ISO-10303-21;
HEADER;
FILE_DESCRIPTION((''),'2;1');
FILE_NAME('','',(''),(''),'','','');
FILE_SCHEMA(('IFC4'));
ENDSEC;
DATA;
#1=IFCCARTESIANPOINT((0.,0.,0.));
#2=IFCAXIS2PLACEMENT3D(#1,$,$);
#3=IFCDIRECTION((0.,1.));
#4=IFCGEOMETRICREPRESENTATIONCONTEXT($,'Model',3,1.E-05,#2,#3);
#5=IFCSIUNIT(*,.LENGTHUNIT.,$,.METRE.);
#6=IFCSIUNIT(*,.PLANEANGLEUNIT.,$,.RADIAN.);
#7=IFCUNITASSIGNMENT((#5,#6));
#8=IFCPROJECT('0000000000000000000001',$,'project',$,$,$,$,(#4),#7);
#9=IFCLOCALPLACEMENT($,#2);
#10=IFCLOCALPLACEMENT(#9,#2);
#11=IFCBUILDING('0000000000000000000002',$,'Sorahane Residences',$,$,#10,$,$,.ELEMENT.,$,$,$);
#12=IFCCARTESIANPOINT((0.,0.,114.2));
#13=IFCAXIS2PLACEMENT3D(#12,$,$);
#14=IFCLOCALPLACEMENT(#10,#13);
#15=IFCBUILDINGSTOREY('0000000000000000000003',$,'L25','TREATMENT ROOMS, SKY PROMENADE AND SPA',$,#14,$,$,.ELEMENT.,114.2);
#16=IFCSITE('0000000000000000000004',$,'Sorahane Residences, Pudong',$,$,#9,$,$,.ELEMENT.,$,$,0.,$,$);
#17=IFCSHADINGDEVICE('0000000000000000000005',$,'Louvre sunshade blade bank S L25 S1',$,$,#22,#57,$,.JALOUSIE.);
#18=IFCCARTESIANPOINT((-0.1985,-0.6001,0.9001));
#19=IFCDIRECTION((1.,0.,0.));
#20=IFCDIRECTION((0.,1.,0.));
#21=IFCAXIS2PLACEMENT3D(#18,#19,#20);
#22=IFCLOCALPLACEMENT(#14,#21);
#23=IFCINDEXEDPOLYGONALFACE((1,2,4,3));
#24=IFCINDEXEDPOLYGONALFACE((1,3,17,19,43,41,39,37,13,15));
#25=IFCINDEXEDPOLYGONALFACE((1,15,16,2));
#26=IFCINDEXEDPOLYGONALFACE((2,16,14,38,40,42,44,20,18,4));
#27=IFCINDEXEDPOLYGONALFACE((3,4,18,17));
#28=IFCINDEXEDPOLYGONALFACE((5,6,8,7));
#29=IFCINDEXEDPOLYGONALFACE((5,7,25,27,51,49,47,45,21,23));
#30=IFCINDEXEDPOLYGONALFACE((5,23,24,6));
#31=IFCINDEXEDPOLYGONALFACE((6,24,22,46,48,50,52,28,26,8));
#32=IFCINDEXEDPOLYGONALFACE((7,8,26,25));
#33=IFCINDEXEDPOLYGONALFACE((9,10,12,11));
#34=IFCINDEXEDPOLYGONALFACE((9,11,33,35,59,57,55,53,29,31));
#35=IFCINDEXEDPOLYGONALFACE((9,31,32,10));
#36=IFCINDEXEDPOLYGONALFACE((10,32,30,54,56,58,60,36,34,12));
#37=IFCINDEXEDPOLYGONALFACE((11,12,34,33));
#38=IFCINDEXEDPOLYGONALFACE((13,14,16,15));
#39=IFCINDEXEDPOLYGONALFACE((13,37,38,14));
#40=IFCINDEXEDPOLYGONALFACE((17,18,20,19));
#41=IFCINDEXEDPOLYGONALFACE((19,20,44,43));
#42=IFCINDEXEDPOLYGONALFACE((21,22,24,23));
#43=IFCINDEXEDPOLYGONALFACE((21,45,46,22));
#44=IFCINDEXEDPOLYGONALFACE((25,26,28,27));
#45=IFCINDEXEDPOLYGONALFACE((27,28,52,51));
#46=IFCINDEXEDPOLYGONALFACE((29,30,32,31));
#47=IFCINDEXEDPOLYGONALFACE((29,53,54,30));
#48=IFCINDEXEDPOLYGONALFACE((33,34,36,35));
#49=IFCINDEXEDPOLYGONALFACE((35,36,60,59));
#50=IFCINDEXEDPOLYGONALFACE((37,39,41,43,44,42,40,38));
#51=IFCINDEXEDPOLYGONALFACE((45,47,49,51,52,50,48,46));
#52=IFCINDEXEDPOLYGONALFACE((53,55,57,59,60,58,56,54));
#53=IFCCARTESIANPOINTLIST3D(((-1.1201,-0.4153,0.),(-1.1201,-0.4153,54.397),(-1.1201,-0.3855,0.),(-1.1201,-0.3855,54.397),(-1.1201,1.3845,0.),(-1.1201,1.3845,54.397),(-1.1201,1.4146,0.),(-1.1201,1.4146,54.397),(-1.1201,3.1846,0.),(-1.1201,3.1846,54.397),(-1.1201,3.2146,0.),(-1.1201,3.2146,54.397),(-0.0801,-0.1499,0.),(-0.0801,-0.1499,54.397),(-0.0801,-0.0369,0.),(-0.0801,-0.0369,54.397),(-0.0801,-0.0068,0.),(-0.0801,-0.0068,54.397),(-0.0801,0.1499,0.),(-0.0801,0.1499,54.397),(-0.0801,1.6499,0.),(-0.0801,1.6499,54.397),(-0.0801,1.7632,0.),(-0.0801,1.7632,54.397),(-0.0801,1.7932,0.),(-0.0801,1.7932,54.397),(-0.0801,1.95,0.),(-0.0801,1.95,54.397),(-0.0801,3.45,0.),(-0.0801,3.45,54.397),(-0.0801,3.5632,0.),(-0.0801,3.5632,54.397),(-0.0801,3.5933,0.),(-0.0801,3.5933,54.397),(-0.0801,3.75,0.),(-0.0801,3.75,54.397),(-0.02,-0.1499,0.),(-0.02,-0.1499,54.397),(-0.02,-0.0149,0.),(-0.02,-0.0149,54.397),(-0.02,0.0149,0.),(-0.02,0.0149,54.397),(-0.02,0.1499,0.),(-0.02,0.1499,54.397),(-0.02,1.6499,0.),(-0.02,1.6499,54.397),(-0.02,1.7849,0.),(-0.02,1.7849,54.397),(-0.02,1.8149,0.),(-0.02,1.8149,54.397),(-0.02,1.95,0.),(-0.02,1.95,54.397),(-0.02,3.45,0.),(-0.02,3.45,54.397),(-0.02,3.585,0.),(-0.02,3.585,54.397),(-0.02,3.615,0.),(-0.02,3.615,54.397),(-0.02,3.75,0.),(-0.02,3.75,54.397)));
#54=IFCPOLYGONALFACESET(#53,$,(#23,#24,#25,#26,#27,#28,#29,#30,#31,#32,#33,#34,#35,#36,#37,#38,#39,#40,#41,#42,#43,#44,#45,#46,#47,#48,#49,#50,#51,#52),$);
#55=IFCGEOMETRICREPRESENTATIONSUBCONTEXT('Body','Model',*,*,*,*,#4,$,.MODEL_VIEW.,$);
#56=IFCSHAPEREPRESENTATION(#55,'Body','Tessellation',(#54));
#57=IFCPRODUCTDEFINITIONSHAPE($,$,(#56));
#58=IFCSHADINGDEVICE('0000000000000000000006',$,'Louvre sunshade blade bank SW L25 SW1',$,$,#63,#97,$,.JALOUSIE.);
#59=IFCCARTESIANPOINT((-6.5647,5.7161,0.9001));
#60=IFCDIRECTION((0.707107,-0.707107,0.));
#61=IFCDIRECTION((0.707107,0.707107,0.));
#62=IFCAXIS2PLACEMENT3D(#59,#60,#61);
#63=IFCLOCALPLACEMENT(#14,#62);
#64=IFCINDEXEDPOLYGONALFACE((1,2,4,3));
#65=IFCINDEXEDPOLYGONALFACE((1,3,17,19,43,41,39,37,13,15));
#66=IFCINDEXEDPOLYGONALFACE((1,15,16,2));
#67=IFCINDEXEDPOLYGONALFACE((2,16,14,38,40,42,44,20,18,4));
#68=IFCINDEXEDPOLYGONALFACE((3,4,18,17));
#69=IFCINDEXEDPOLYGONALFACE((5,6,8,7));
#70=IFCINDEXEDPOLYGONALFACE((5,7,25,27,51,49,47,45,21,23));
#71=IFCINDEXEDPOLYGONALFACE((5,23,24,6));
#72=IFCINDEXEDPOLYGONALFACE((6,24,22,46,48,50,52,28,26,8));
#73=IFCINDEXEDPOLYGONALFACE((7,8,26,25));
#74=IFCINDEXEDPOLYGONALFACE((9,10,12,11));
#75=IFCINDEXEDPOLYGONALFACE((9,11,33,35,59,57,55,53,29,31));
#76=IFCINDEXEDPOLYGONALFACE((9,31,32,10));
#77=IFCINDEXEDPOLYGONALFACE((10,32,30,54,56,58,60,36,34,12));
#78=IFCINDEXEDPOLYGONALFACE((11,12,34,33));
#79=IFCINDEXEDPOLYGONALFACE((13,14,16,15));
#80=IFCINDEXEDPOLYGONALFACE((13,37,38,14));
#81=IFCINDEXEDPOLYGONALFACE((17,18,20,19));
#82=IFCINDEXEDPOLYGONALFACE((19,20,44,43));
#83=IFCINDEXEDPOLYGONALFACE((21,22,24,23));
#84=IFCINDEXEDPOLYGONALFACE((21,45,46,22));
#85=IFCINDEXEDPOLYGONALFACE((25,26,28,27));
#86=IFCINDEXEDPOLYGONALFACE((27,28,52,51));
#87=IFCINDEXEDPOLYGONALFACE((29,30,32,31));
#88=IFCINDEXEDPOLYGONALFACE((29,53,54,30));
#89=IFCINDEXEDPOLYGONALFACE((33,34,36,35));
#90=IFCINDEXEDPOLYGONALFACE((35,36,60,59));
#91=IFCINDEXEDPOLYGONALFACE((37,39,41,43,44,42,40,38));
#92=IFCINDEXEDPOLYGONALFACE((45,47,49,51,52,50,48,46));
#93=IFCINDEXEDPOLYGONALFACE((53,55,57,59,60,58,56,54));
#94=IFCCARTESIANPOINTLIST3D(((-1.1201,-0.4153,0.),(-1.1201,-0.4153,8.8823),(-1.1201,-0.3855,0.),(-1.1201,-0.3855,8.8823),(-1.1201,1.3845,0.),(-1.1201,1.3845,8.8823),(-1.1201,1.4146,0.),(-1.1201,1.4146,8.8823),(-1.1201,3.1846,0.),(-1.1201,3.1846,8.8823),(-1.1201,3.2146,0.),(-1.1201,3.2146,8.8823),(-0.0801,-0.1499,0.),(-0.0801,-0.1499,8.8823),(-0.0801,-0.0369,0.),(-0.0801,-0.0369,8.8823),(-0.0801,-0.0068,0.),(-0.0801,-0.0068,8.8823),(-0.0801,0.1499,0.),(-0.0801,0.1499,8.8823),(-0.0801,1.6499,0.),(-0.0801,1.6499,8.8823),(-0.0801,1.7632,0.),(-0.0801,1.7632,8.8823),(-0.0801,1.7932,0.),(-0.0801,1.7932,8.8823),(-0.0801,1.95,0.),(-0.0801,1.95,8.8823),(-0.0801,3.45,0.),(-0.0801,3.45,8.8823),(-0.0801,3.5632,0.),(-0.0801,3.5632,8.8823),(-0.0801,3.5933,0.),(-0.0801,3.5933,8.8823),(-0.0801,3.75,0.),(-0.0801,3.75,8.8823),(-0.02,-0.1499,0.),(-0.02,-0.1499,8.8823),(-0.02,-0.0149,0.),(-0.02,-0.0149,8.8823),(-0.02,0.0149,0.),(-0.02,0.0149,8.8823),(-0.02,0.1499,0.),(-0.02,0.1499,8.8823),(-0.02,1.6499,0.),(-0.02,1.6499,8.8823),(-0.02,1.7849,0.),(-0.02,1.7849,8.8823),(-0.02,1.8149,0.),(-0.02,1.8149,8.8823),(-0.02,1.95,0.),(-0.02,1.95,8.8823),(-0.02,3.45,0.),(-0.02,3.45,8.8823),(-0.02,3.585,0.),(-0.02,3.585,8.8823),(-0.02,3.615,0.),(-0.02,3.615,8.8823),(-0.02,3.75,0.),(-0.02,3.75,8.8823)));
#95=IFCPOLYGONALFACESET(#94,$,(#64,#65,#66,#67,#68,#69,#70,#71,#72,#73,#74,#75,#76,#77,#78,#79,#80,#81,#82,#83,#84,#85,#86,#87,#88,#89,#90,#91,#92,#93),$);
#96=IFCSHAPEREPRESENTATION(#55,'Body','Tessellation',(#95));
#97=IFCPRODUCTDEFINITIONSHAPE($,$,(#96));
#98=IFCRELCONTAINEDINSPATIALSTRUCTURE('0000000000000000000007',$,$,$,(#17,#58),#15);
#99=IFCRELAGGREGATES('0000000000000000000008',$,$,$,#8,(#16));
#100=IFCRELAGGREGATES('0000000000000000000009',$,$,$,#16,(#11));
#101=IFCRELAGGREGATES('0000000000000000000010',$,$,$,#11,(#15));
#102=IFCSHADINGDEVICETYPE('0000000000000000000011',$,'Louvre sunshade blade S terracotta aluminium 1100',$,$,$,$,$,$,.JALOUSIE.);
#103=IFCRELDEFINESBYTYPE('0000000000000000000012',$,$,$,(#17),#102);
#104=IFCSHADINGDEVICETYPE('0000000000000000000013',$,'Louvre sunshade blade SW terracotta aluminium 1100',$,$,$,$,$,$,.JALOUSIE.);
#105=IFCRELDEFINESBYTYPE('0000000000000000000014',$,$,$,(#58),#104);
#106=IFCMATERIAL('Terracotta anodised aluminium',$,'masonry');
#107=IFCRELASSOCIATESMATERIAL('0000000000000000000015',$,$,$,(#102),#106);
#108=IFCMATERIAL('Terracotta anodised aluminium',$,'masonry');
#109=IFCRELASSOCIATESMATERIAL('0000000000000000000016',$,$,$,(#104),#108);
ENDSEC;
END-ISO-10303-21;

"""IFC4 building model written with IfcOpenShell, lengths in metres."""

from ifc_helpers import new_model, si_unit, direction, frame, origin, place, context, subcontext, project, spatial, polyline, outline, composite_profile, extrude, material, type_object, element, save


model = new_model("IFC4")

# Units and contexts
model_context = context("Model", 3, precision=1e-05, world=origin(), true_north=direction((0.0, 1.0)))
body_context = subcontext(model_context, "Body", "Model", "MODEL_VIEW")
ifc_project = project(units=[si_unit("LENGTHUNIT", "METRE"), si_unit("PLANEANGLEUNIT", "RADIAN")], contexts=[model_context])

# Site, building, storey
site_placement = place(None, origin())
site = spatial("IfcSite", under=ifc_project, at=site_placement, Name="Sorahane Residences, Pudong", CompositionType="ELEMENT", RefElevation=0.0)
building_placement = place(site_placement, origin())
building = spatial("IfcBuilding", under=site, at=building_placement, Name="Sorahane Residences", CompositionType="ELEMENT")
storey_placement = place(building_placement, frame((0.0, 0.0, 114.2)))
storey = spatial("IfcBuildingStorey", under=building, at=storey_placement, Name="L25", Description="TREATMENT ROOMS, SKY PROMENADE AND SPA", CompositionType="ELEMENT", Elevation=114.2)

# Shading devices
ifc_material_1 = material(Name="Terracotta anodised aluminium", Category="masonry")
shading_device_type_1 = type_object("IfcShadingDeviceType", Name="Louvre sunshade blade S terracotta aluminium 1100", PredefinedType="JALOUSIE", material=ifc_material_1)
shading_device_1_placement = place(storey_placement, frame((-0.1985, -0.6001, 0.9001), z_axis=(1.0, 0.0, 0.0), x_axis=(0.0, 1.0, 0.0)))
element("IfcShadingDevice", 1, at=shading_device_1_placement, inside=storey, type_object=shading_device_type_1, Name="Louvre sunshade blade bank S L25 S1", PredefinedType="JALOUSIE", context=body_context, shape_type="SweptSolid", body=[
    extrude(composite_profile([outline(polyline([(-1.1201, -0.3855), (-1.1201, -0.4153), (-0.0801, -0.0369), (-0.0801, -0.1499), (-0.02, -0.1499), (-0.02, -0.0149), (-0.02, 0.0149), (-0.02, 0.1499), (-0.0801, 0.1499), (-0.0801, -0.0068), (-1.1201, -0.3855)])), outline(polyline([(-1.1201, 1.4146), (-1.1201, 1.3845), (-0.0801, 1.7632), (-0.0801, 1.6499), (-0.02, 1.6499), (-0.02, 1.7849), (-0.02, 1.8149), (-0.02, 1.95), (-0.0801, 1.95), (-0.0801, 1.7932), (-1.1201, 1.4146)])), outline(polyline([(-1.1201, 3.2146), (-1.1201, 3.1846), (-0.0801, 3.5632), (-0.0801, 3.45), (-0.02, 3.45), (-0.02, 3.585), (-0.02, 3.615), (-0.02, 3.75), (-0.0801, 3.75), (-0.0801, 3.5933), (-1.1201, 3.2146)]))]), origin(), (0.0, 0.0, 1.0), 54.397),
])
ifc_material_2 = material(Name="Terracotta anodised aluminium", Category="masonry")
shading_device_type_2 = type_object("IfcShadingDeviceType", Name="Louvre sunshade blade SW terracotta aluminium 1100", PredefinedType="JALOUSIE", material=ifc_material_2)
shading_device_2_placement = place(storey_placement, frame((-6.5647, 5.7161, 0.9001), z_axis=(0.707107, -0.707107, 0.0), x_axis=(0.707107, 0.707107, 0.0)))
element("IfcShadingDevice", 2, at=shading_device_2_placement, inside=storey, type_object=shading_device_type_2, Name="Louvre sunshade blade bank SW L25 SW1", PredefinedType="JALOUSIE", context=body_context, shape_type="SweptSolid", body=[
    extrude(composite_profile([outline(polyline([(-1.1201, -0.3855), (-1.1201, -0.4153), (-0.0801, -0.0369), (-0.0801, -0.1499), (-0.02, -0.1499), (-0.02, -0.0149), (-0.02, 0.0149), (-0.02, 0.1499), (-0.0801, 0.1499), (-0.0801, -0.0068), (-1.1201, -0.3855)])), outline(polyline([(-1.1201, 1.4146), (-1.1201, 1.3845), (-0.0801, 1.7632), (-0.0801, 1.6499), (-0.02, 1.6499), (-0.02, 1.7849), (-0.02, 1.8149), (-0.02, 1.95), (-0.0801, 1.95), (-0.0801, 1.7932), (-1.1201, 1.4146)])), outline(polyline([(-1.1201, 3.2146), (-1.1201, 3.1846), (-0.0801, 3.5632), (-0.0801, 3.45), (-0.02, 3.45), (-0.02, 3.585), (-0.02, 3.615), (-0.02, 3.75), (-0.0801, 3.75), (-0.0801, 3.5933), (-1.1201, 3.2146)]))]), origin(), (0.0, 0.0, 1.0), 8.8823),
])

save(model, "model.ifc")
